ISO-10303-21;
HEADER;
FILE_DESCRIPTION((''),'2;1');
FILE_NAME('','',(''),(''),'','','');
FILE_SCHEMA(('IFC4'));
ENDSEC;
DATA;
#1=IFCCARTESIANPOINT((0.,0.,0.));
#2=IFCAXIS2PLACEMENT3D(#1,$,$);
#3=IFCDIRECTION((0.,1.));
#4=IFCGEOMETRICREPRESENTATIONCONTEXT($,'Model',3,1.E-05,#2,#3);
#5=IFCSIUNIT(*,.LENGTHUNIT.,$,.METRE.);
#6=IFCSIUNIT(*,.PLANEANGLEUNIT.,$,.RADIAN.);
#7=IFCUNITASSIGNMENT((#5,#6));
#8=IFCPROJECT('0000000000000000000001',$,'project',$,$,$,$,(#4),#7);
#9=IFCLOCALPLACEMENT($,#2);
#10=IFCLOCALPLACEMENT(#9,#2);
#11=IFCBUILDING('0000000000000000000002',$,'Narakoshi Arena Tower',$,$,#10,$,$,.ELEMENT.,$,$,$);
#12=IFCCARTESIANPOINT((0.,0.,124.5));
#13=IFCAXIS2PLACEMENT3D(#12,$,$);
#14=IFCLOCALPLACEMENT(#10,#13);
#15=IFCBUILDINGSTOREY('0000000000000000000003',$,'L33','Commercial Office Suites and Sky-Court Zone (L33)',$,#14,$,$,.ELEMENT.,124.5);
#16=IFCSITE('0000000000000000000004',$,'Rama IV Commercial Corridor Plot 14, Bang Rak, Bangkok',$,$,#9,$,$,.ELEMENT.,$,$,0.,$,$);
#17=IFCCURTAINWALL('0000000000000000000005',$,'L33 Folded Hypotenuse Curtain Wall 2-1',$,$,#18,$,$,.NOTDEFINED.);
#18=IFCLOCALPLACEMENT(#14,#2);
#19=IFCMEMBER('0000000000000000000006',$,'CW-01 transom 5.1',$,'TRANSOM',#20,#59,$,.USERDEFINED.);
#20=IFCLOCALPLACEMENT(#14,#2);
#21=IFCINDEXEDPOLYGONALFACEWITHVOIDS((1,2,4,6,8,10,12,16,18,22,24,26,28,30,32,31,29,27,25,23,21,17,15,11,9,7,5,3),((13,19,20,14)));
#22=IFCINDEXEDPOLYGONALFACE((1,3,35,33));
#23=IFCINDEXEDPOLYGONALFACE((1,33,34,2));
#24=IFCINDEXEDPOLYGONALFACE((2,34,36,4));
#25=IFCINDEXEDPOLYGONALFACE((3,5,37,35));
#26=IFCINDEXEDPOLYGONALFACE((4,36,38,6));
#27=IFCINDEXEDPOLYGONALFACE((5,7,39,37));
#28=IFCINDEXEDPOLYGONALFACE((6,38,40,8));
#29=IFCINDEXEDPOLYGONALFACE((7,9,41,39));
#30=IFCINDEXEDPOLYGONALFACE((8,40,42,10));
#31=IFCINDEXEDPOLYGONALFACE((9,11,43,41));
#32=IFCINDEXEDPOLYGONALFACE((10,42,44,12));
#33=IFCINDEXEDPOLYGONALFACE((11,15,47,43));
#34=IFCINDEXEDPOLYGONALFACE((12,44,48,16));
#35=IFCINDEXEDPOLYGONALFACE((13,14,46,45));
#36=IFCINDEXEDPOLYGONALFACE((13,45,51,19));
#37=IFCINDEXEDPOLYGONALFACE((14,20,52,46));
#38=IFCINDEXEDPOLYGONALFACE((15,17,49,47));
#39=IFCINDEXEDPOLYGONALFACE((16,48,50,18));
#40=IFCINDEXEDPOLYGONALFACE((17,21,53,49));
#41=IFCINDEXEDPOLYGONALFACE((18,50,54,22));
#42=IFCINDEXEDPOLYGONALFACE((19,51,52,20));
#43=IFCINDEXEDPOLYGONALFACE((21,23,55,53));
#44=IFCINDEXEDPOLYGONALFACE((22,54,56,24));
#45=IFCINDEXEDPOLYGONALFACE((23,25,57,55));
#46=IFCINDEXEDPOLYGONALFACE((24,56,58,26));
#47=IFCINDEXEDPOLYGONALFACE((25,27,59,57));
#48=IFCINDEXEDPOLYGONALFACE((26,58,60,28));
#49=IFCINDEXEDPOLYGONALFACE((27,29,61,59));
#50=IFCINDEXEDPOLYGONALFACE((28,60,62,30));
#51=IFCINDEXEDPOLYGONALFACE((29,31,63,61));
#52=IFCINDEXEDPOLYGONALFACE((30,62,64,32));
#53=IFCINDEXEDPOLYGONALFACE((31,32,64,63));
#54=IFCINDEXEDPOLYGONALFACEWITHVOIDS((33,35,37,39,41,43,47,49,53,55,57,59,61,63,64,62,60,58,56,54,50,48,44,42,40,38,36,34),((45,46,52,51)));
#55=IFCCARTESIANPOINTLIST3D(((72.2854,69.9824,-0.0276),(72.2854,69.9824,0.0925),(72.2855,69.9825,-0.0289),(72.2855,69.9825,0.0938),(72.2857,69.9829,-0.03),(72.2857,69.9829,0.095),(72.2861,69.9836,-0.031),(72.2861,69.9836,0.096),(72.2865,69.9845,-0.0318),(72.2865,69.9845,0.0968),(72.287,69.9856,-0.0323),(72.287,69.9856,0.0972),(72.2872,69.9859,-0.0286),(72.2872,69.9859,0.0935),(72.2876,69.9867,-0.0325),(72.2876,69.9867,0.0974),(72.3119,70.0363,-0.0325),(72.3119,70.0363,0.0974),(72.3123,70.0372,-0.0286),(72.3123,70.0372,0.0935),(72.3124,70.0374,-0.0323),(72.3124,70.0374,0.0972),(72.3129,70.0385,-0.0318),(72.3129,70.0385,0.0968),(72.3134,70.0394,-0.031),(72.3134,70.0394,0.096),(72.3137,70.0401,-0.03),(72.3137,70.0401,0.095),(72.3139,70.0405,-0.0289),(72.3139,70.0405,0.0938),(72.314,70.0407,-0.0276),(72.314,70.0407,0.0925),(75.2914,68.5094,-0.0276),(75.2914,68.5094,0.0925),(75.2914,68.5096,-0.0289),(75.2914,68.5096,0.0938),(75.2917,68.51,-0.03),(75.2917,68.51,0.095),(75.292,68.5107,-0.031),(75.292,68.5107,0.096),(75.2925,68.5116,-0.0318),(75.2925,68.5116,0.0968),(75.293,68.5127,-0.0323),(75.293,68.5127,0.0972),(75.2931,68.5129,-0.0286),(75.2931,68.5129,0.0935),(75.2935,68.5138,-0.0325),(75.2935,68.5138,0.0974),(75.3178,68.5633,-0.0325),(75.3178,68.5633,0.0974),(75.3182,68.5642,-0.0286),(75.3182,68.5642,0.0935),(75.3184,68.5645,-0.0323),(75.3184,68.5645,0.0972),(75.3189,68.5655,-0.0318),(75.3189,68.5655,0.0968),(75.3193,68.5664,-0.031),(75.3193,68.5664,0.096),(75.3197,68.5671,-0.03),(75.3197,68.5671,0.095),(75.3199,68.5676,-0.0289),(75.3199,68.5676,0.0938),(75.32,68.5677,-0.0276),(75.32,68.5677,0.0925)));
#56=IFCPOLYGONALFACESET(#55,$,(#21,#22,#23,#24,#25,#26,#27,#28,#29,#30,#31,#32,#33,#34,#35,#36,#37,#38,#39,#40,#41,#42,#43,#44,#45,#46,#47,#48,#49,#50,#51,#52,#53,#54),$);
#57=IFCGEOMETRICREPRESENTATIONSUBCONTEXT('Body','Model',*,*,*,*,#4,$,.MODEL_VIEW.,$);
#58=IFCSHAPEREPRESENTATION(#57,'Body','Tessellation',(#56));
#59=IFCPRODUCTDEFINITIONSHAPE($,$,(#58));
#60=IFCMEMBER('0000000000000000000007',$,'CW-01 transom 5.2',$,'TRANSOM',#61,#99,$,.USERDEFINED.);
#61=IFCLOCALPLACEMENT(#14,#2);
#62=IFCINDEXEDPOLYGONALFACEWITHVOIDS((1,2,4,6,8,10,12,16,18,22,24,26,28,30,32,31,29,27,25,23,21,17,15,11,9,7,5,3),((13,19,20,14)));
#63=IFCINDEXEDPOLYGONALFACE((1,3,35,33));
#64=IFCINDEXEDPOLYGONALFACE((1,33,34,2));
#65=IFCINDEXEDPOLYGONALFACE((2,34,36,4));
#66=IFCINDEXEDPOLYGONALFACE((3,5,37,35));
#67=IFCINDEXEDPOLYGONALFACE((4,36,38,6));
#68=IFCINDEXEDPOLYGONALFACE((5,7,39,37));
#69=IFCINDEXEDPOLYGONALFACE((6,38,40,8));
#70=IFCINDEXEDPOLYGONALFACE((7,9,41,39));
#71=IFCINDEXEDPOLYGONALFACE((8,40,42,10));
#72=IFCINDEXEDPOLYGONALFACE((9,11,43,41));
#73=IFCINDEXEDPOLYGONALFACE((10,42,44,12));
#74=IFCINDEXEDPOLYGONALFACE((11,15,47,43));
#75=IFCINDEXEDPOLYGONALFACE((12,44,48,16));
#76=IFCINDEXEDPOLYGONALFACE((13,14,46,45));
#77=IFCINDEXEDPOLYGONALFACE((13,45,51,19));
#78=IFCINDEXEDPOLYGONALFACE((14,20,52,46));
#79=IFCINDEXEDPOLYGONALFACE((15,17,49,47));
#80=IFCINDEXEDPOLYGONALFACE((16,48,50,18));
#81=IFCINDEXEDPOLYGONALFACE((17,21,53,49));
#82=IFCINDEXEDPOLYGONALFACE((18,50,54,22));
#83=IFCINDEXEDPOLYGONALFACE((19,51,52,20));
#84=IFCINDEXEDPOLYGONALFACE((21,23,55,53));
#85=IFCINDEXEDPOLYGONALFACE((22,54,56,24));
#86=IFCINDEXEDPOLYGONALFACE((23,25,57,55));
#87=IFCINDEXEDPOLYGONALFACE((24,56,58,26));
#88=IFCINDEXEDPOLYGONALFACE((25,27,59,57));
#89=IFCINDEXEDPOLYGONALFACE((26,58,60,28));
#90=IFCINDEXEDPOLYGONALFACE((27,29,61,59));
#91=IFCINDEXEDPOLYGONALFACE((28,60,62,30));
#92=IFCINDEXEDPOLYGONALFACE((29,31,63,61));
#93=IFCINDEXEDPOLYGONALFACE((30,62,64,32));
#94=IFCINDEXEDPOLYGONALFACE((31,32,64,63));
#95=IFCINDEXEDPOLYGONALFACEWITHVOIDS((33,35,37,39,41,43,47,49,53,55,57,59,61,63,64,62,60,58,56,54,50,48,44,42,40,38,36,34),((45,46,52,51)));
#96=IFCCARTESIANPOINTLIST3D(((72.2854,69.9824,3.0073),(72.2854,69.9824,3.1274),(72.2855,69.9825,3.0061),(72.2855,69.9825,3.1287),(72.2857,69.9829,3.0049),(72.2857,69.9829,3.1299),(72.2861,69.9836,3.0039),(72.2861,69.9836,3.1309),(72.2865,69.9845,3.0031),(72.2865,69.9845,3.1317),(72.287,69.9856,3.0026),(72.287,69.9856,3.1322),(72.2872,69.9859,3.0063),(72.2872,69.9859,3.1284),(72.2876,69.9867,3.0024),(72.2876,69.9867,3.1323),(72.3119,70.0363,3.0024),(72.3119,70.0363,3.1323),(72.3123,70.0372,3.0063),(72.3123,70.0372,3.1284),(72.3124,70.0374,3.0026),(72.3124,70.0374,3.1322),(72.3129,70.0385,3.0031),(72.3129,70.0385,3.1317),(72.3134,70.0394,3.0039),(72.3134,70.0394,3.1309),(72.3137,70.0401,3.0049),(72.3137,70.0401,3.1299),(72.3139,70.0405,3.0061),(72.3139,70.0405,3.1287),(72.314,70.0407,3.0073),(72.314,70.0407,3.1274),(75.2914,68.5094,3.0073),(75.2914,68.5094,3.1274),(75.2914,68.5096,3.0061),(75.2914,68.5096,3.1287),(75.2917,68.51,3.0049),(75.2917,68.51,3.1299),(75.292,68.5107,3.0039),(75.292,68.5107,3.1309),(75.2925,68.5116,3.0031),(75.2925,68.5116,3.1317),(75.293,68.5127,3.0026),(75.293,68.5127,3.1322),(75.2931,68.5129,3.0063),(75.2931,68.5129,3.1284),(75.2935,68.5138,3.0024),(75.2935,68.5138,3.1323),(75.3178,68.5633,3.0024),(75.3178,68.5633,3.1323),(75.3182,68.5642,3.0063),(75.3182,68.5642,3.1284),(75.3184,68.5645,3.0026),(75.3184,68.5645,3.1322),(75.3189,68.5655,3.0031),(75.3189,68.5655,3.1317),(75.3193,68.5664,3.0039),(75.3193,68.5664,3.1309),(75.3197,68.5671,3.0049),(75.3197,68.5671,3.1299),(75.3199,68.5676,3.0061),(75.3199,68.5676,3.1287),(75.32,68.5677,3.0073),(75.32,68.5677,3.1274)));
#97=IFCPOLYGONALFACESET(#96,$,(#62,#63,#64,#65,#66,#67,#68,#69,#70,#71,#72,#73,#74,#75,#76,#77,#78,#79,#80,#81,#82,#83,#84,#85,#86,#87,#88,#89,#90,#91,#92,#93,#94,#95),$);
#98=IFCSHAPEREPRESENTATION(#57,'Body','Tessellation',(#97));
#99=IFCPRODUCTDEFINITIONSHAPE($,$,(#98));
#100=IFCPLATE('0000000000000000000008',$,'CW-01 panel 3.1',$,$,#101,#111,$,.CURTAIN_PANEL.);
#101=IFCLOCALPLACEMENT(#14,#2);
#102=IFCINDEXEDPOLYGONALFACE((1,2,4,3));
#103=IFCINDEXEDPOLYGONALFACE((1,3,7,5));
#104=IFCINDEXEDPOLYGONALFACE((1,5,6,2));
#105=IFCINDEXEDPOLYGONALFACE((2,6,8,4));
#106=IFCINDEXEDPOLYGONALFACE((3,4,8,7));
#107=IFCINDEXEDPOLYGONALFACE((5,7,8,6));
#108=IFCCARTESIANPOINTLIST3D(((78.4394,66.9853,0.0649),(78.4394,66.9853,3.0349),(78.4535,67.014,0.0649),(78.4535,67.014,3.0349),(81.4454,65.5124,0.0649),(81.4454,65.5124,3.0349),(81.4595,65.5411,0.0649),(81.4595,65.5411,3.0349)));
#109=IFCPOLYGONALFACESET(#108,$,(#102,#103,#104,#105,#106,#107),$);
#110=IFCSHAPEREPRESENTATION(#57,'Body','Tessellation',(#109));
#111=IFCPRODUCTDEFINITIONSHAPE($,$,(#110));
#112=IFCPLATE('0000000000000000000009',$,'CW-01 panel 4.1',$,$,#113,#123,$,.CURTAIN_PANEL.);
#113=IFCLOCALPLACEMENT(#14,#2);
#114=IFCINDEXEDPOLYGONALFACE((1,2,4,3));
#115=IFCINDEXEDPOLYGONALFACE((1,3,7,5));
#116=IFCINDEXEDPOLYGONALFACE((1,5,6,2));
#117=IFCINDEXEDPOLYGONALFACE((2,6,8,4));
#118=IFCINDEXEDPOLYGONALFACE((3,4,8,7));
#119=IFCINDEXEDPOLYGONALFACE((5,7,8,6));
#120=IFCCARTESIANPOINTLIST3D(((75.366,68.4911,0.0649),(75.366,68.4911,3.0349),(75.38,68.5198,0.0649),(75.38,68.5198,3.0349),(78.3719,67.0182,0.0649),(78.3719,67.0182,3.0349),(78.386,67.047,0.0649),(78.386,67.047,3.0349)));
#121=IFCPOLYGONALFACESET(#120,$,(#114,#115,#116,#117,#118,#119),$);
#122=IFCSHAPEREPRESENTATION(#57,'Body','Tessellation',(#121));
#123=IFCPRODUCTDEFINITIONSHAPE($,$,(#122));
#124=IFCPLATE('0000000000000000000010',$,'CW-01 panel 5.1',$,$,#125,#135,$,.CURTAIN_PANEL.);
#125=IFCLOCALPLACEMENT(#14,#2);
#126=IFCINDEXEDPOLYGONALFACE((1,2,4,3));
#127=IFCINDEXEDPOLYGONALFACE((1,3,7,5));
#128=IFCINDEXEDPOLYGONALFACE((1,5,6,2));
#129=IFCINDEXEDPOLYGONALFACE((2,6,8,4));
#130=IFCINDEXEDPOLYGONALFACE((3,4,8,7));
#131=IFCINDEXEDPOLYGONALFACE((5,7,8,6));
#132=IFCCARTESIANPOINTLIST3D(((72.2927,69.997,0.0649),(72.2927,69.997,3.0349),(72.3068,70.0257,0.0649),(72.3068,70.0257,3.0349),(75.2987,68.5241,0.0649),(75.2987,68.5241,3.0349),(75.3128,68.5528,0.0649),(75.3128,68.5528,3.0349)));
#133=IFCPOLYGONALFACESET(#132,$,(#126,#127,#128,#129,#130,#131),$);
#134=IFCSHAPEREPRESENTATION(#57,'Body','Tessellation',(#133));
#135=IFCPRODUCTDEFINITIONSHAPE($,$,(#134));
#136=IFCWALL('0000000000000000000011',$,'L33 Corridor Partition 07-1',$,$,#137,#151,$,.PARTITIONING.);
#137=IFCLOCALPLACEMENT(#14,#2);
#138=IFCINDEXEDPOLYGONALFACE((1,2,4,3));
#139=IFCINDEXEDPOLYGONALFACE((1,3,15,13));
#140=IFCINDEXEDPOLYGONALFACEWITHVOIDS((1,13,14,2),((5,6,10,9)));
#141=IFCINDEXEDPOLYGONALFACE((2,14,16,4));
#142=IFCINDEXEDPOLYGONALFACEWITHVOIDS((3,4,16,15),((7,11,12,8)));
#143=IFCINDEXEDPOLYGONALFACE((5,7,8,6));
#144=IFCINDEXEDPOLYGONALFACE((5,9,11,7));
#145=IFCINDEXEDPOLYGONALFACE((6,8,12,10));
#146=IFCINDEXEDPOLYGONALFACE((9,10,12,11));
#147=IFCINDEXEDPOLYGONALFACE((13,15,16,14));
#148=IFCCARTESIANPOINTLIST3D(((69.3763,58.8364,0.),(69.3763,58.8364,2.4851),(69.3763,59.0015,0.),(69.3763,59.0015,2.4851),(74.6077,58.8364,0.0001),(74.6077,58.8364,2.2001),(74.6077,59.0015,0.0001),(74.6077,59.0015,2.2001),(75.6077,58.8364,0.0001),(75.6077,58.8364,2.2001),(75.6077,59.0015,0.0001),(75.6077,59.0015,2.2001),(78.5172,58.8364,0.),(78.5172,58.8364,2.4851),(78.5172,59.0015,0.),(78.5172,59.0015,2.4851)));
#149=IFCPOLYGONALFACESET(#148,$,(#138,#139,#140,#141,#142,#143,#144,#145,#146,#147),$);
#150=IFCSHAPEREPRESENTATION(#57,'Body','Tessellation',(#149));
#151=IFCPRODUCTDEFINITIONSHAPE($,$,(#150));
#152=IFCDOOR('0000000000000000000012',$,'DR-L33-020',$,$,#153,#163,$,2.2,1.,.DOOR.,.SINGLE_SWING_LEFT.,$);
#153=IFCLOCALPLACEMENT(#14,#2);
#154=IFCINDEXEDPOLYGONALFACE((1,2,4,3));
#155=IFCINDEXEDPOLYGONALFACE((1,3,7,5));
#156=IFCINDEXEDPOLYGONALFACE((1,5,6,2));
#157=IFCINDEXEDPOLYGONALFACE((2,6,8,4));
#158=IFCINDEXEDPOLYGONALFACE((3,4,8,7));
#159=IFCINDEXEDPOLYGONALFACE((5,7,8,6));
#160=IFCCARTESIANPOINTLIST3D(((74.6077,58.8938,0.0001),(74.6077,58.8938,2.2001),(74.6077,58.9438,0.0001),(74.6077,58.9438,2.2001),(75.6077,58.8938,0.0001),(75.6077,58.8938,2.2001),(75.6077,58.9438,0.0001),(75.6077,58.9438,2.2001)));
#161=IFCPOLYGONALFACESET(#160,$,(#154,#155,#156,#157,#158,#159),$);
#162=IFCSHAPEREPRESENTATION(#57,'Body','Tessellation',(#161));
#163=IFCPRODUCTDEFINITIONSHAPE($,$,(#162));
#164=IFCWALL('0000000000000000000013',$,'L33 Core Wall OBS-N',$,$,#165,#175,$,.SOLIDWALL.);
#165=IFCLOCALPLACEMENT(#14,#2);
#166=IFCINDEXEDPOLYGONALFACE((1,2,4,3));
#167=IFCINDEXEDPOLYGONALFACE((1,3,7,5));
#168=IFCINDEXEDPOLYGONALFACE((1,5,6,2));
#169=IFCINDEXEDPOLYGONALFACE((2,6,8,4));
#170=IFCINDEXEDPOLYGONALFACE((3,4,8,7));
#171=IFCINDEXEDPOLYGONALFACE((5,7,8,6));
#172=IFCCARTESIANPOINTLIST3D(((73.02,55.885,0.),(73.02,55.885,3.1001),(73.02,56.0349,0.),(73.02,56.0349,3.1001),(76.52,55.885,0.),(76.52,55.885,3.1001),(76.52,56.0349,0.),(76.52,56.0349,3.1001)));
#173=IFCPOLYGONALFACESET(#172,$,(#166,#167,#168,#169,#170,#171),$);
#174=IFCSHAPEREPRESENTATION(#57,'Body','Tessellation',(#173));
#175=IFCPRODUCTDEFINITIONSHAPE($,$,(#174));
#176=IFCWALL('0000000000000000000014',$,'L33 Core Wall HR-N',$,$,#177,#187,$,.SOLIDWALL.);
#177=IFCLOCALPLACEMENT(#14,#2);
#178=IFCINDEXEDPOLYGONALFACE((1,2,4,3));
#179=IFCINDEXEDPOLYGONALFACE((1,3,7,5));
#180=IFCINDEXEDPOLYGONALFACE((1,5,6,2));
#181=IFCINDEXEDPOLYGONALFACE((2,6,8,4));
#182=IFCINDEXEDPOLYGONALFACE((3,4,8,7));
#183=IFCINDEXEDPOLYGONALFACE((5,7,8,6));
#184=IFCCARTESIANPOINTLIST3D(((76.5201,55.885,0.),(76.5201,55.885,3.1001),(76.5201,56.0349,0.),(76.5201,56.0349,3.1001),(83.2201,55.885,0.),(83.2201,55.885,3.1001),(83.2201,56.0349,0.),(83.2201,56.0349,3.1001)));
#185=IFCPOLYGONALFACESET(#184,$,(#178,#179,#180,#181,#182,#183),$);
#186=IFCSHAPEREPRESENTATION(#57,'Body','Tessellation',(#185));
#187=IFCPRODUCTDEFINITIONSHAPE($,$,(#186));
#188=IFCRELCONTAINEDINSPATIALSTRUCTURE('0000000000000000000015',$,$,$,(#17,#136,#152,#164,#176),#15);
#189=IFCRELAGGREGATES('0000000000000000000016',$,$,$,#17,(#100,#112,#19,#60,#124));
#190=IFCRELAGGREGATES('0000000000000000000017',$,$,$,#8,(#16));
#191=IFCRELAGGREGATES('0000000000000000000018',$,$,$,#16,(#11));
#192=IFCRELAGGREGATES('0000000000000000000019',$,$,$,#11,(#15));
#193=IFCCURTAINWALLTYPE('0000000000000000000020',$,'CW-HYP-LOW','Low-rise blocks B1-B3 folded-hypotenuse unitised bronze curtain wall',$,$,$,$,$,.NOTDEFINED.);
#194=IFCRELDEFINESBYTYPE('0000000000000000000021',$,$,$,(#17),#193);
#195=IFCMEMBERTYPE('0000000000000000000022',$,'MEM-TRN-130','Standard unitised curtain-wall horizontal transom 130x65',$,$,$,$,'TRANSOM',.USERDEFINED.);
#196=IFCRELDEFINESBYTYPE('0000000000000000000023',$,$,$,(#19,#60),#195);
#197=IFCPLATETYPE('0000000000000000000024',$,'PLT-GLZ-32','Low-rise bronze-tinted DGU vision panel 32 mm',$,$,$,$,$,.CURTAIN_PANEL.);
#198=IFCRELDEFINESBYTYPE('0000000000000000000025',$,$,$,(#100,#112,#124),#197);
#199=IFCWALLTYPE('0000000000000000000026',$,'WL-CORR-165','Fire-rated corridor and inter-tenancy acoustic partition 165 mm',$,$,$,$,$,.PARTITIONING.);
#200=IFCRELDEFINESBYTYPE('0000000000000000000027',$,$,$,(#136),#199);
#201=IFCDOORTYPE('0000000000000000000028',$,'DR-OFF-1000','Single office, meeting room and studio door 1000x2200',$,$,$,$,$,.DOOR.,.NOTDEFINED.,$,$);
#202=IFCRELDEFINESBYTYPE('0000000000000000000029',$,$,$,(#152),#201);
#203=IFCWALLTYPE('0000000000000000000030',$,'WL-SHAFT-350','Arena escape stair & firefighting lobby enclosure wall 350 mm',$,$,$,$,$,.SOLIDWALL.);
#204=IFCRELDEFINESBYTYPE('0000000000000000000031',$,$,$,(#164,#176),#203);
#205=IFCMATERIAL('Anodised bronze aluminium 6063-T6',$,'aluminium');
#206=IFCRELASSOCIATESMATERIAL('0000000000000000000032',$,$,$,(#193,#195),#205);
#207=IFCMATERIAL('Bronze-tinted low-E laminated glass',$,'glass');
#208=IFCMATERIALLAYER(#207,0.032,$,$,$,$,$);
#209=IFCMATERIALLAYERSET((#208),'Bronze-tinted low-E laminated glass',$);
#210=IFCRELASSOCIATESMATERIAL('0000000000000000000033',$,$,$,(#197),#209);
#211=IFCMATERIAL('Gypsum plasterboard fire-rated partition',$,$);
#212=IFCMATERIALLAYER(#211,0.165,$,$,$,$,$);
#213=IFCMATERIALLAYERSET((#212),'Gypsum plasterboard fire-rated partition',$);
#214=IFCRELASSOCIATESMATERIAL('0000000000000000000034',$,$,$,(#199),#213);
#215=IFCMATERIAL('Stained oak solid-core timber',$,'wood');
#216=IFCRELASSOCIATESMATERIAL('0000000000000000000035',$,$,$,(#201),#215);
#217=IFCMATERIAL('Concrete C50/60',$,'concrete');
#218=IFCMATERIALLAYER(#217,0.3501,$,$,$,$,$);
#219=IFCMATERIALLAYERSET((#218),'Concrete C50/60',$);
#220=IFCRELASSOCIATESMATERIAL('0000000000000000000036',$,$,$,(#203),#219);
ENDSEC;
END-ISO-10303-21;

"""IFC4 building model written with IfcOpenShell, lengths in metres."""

from ifc_helpers import new_model, si_unit, direction, frame, frame_2d, origin, origin_2d, place, context, subcontext, project, spatial, rectangle, hollow_rectangle, extrude, material, layer, layer_set, material_profile, profile_set, type_object, element, fill, aggregate, save


model = new_model("IFC4")

# Units and contexts
model_context = context("Model", 3, precision=1e-05, world=origin(), true_north=direction((0.0, 1.0)))
body_context = subcontext(model_context, "Body", "Model", "MODEL_VIEW")
ifc_project = project(units=[si_unit("LENGTHUNIT", "METRE"), si_unit("PLANEANGLEUNIT", "RADIAN")], contexts=[model_context])

# Site, building, storey
site_placement = place(None, origin())
site = spatial("IfcSite", under=ifc_project, at=site_placement, Name="Rama IV Commercial Corridor Plot 14, Bang Rak, Bangkok", CompositionType="ELEMENT", RefElevation=0.0)
building_placement = place(site_placement, origin())
building = spatial("IfcBuilding", under=site, at=building_placement, Name="Narakoshi Arena Tower", CompositionType="ELEMENT")
storey_placement = place(building_placement, frame((0.0, 0.0, 124.5)))
storey = spatial("IfcBuildingStorey", under=building, at=storey_placement, Name="L33", Description="Commercial Office Suites and Sky-Court Zone (L33)", CompositionType="ELEMENT", Elevation=124.5)

# Curtain wall, members, plates
ifc_material_1 = material(Name="Anodised bronze aluminium 6063-T6", Category="aluminium")
curtain_wall_type = type_object("IfcCurtainWallType", Name="CW-HYP-LOW", Description="Low-rise blocks B1-B3 folded-hypotenuse unitised bronze curtain wall", PredefinedType="NOTDEFINED", material=ifc_material_1)
curtain_wall_placement = place(storey_placement, origin())
curtain_wall = element("IfcCurtainWall", 1, at=curtain_wall_placement, inside=storey, type_object=curtain_wall_type, Name="L33 Folded Hypotenuse Curtain Wall 2-1", PredefinedType="NOTDEFINED")
ifc_material_profile_1 = material_profile(ifc_material_1, hollow_rectangle(XDim=0.0649, YDim=0.1299, WallThickness=0.0039, OuterFilletRadius=0.0049, at=origin_2d()), Name="TRN130x65x4")
ifc_profile_set_1 = profile_set([ifc_material_profile_1], Name="Anodised bronze aluminium 6063-T6")
member_type_1 = type_object("IfcMemberType", Name="MEM-TRN-130", Description="Standard unitised curtain-wall horizontal transom 130x65", ElementType="TRANSOM", PredefinedType="USERDEFINED", material=ifc_profile_set_1)
member_1_placement = place(storey_placement, frame((75.3057, 68.5386, 0.0325), z_axis=(-0.897987, 0.440022, 0.0), x_axis=(-0.440022, -0.897987, 0.0)))
member_1 = element("IfcMember", 2, at=member_1_placement, type_object=member_type_1, Name="CW-01 transom 5.1", ObjectType="TRANSOM", PredefinedType="USERDEFINED", context=body_context, shape_type="SweptSolid", body=[
    extrude(hollow_rectangle(XDim=0.0649, YDim=0.1299, WallThickness=0.0039, OuterFilletRadius=0.0049, at=origin_2d()), origin(), (0.0, 0.0, 1.0), 3.3474),
])
member_2_placement = place(storey_placement, frame((75.3057, 68.5386, 3.0674), z_axis=(-0.897987, 0.440022, 0.0), x_axis=(-0.440022, -0.897987, 0.0)))
member_2 = element("IfcMember", 3, at=member_2_placement, type_object=member_type_1, Name="CW-01 transom 5.2", ObjectType="TRANSOM", PredefinedType="USERDEFINED", context=body_context, shape_type="SweptSolid", body=[
    extrude(hollow_rectangle(XDim=0.0649, YDim=0.1299, WallThickness=0.0039, OuterFilletRadius=0.0049, at=origin_2d()), origin(), (0.0, 0.0, 1.0), 3.3474),
])
ifc_material_2 = material(Name="Bronze-tinted low-E laminated glass", Category="glass")
ifc_layer_1 = layer(ifc_material_2, 0.032)
ifc_layer_set_1 = layer_set([ifc_layer_1], Name="Bronze-tinted low-E laminated glass")
plate_type = type_object("IfcPlateType", Name="PLT-GLZ-32", Description="Low-rise bronze-tinted DGU vision panel 32 mm", PredefinedType="CURTAIN_PANEL", material=ifc_layer_set_1)
plate_1_placement = place(storey_placement, frame((79.9495, 66.2632, 0.0649), z_axis=(0.0, 0.0, 1.0), x_axis=(-0.897996, 0.440005, 0.0)))
plate_1 = element("IfcPlate", 4, at=plate_1_placement, type_object=plate_type, Name="CW-01 panel 3.1", PredefinedType="CURTAIN_PANEL", context=body_context, shape_type="SweptSolid", body=[
    extrude(rectangle(XDim=3.3474, YDim=0.032, at=origin_2d()), origin(), (0.0, 0.0, 1.0), 2.97),
])
plate_2_placement = place(storey_placement, frame((76.876, 67.769, 0.0649), z_axis=(0.0, 0.0, 1.0), x_axis=(-0.897996, 0.440005, 0.0)))
plate_2 = element("IfcPlate", 5, at=plate_2_placement, type_object=plate_type, Name="CW-01 panel 4.1", PredefinedType="CURTAIN_PANEL", context=body_context, shape_type="SweptSolid", body=[
    extrude(rectangle(XDim=3.3474, YDim=0.032, at=origin_2d()), origin(), (0.0, 0.0, 1.0), 2.97),
])
plate_3_placement = place(storey_placement, frame((73.8027, 69.2749, 0.0649), z_axis=(0.0, 0.0, 1.0), x_axis=(-0.897996, 0.440005, 0.0)))
plate_3 = element("IfcPlate", 6, at=plate_3_placement, type_object=plate_type, Name="CW-01 panel 5.1", PredefinedType="CURTAIN_PANEL", context=body_context, shape_type="SweptSolid", body=[
    extrude(rectangle(XDim=3.3474, YDim=0.032, at=origin_2d()), origin(), (0.0, 0.0, 1.0), 2.97),
])
aggregate(curtain_wall, [plate_1, plate_2, member_1, member_2, plate_3])

# Wall, opening, door
ifc_material_3 = material(Name="Gypsum plasterboard fire-rated partition")
ifc_layer_2 = layer(ifc_material_3, 0.165)
ifc_layer_set_2 = layer_set([ifc_layer_2], Name="Gypsum plasterboard fire-rated partition")
wall_type_1 = type_object("IfcWallType", Name="WL-CORR-165", Description="Fire-rated corridor and inter-tenancy acoustic partition 165 mm", PredefinedType="PARTITIONING", material=ifc_layer_set_2)
wall_1_placement = place(storey_placement, frame((78.5171, 58.9189, 0.0), z_axis=(0.0, 0.0, 1.0), x_axis=(-1.0, 0.0, 0.0)))
wall_1 = element("IfcWall", 7, at=wall_1_placement, inside=storey, type_object=wall_type_1, Name="L33 Corridor Partition 07-1", PredefinedType="PARTITIONING", context=body_context, shape_type="SweptSolid", body=[
    extrude(rectangle(XDim=9.1409, YDim=0.165, at=frame_2d((4.5703, 0.0))), origin(), (0.0, 0.0, 1.0), 2.4851),
])
opening_placement = place(wall_1_placement, frame((2.9094, 0.0, 0.0)))
opening = element("IfcOpeningElement", 8, at=opening_placement, cuts=wall_1, PredefinedType="OPENING", context=body_context, shape_type="SweptSolid", body=[
    extrude(rectangle(XDim=1.0, YDim=2.2, at=frame_2d((0.5, 1.1001))), frame((0.0, 0.0925, 0.0), z_axis=(0.0, -1.0, 0.0), x_axis=(1.0, 0.0, 0.0)), (0.0, 0.0, 1.0), 0.1851),
])
ifc_material_4 = material(Name="Stained oak solid-core timber", Category="wood")
door_type = type_object("IfcDoorType", Name="DR-OFF-1000", Description="Single office, meeting room and studio door 1000x2200", OperationType="NOTDEFINED", PredefinedType="DOOR", material=ifc_material_4)
door_placement = place(opening_placement, frame((1.0, 0.0, 0.0), z_axis=(0.0, 0.0, 1.0), x_axis=(-1.0, 0.0, 0.0)))
door = element("IfcDoor", 9, at=door_placement, inside=storey, type_object=door_type, Name="DR-L33-020", OperationType="SINGLE_SWING_LEFT", OverallHeight=2.2, OverallWidth=1.0, PredefinedType="DOOR", context=body_context, shape_type="SweptSolid", body=[
    extrude(rectangle(XDim=1.0, YDim=2.2, at=frame_2d((0.5, 1.1001))), frame((0.0, 0.0249, 0.0), z_axis=(0.0, -1.0, 0.0), x_axis=(1.0, 0.0, 0.0)), (0.0, 0.0, 1.0), 0.05),
])
fill(opening, door)

# Walls
ifc_material_5 = material(Name="Concrete C50/60", Category="concrete")
ifc_layer_3 = layer(ifc_material_5, 0.3501)
ifc_layer_set_3 = layer_set([ifc_layer_3], Name="Concrete C50/60")
wall_type_2 = type_object("IfcWallType", Name="WL-SHAFT-350", Description="Arena escape stair & firefighting lobby enclosure wall 350 mm", PredefinedType="SOLIDWALL", material=ifc_layer_set_3)
wall_2_placement = place(storey_placement, frame((73.02, 55.96, 0.0), z_axis=(0.0, 0.0, 1.0), x_axis=(1.0, 0.0, 0.0)))
element("IfcWall", 10, at=wall_2_placement, inside=storey, type_object=wall_type_2, Name="L33 Core Wall OBS-N", PredefinedType="SOLIDWALL", context=body_context, shape_type="SweptSolid", body=[
    extrude(rectangle(XDim=3.5, YDim=0.1499, at=frame_2d((1.75, 0.0))), origin(), (0.0, 0.0, 1.0), 3.1001),
])
wall_3_placement = place(storey_placement, frame((76.52, 55.96, 0.0), z_axis=(0.0, 0.0, 1.0), x_axis=(1.0, 0.0, 0.0)))
element("IfcWall", 11, at=wall_3_placement, inside=storey, type_object=wall_type_2, Name="L33 Core Wall HR-N", PredefinedType="SOLIDWALL", context=body_context, shape_type="SweptSolid", body=[
    extrude(rectangle(XDim=6.7, YDim=0.1499, at=frame_2d((3.3501, 0.0))), origin(), (0.0, 0.0, 1.0), 3.1001),
])

save(model, "model.ifc")
